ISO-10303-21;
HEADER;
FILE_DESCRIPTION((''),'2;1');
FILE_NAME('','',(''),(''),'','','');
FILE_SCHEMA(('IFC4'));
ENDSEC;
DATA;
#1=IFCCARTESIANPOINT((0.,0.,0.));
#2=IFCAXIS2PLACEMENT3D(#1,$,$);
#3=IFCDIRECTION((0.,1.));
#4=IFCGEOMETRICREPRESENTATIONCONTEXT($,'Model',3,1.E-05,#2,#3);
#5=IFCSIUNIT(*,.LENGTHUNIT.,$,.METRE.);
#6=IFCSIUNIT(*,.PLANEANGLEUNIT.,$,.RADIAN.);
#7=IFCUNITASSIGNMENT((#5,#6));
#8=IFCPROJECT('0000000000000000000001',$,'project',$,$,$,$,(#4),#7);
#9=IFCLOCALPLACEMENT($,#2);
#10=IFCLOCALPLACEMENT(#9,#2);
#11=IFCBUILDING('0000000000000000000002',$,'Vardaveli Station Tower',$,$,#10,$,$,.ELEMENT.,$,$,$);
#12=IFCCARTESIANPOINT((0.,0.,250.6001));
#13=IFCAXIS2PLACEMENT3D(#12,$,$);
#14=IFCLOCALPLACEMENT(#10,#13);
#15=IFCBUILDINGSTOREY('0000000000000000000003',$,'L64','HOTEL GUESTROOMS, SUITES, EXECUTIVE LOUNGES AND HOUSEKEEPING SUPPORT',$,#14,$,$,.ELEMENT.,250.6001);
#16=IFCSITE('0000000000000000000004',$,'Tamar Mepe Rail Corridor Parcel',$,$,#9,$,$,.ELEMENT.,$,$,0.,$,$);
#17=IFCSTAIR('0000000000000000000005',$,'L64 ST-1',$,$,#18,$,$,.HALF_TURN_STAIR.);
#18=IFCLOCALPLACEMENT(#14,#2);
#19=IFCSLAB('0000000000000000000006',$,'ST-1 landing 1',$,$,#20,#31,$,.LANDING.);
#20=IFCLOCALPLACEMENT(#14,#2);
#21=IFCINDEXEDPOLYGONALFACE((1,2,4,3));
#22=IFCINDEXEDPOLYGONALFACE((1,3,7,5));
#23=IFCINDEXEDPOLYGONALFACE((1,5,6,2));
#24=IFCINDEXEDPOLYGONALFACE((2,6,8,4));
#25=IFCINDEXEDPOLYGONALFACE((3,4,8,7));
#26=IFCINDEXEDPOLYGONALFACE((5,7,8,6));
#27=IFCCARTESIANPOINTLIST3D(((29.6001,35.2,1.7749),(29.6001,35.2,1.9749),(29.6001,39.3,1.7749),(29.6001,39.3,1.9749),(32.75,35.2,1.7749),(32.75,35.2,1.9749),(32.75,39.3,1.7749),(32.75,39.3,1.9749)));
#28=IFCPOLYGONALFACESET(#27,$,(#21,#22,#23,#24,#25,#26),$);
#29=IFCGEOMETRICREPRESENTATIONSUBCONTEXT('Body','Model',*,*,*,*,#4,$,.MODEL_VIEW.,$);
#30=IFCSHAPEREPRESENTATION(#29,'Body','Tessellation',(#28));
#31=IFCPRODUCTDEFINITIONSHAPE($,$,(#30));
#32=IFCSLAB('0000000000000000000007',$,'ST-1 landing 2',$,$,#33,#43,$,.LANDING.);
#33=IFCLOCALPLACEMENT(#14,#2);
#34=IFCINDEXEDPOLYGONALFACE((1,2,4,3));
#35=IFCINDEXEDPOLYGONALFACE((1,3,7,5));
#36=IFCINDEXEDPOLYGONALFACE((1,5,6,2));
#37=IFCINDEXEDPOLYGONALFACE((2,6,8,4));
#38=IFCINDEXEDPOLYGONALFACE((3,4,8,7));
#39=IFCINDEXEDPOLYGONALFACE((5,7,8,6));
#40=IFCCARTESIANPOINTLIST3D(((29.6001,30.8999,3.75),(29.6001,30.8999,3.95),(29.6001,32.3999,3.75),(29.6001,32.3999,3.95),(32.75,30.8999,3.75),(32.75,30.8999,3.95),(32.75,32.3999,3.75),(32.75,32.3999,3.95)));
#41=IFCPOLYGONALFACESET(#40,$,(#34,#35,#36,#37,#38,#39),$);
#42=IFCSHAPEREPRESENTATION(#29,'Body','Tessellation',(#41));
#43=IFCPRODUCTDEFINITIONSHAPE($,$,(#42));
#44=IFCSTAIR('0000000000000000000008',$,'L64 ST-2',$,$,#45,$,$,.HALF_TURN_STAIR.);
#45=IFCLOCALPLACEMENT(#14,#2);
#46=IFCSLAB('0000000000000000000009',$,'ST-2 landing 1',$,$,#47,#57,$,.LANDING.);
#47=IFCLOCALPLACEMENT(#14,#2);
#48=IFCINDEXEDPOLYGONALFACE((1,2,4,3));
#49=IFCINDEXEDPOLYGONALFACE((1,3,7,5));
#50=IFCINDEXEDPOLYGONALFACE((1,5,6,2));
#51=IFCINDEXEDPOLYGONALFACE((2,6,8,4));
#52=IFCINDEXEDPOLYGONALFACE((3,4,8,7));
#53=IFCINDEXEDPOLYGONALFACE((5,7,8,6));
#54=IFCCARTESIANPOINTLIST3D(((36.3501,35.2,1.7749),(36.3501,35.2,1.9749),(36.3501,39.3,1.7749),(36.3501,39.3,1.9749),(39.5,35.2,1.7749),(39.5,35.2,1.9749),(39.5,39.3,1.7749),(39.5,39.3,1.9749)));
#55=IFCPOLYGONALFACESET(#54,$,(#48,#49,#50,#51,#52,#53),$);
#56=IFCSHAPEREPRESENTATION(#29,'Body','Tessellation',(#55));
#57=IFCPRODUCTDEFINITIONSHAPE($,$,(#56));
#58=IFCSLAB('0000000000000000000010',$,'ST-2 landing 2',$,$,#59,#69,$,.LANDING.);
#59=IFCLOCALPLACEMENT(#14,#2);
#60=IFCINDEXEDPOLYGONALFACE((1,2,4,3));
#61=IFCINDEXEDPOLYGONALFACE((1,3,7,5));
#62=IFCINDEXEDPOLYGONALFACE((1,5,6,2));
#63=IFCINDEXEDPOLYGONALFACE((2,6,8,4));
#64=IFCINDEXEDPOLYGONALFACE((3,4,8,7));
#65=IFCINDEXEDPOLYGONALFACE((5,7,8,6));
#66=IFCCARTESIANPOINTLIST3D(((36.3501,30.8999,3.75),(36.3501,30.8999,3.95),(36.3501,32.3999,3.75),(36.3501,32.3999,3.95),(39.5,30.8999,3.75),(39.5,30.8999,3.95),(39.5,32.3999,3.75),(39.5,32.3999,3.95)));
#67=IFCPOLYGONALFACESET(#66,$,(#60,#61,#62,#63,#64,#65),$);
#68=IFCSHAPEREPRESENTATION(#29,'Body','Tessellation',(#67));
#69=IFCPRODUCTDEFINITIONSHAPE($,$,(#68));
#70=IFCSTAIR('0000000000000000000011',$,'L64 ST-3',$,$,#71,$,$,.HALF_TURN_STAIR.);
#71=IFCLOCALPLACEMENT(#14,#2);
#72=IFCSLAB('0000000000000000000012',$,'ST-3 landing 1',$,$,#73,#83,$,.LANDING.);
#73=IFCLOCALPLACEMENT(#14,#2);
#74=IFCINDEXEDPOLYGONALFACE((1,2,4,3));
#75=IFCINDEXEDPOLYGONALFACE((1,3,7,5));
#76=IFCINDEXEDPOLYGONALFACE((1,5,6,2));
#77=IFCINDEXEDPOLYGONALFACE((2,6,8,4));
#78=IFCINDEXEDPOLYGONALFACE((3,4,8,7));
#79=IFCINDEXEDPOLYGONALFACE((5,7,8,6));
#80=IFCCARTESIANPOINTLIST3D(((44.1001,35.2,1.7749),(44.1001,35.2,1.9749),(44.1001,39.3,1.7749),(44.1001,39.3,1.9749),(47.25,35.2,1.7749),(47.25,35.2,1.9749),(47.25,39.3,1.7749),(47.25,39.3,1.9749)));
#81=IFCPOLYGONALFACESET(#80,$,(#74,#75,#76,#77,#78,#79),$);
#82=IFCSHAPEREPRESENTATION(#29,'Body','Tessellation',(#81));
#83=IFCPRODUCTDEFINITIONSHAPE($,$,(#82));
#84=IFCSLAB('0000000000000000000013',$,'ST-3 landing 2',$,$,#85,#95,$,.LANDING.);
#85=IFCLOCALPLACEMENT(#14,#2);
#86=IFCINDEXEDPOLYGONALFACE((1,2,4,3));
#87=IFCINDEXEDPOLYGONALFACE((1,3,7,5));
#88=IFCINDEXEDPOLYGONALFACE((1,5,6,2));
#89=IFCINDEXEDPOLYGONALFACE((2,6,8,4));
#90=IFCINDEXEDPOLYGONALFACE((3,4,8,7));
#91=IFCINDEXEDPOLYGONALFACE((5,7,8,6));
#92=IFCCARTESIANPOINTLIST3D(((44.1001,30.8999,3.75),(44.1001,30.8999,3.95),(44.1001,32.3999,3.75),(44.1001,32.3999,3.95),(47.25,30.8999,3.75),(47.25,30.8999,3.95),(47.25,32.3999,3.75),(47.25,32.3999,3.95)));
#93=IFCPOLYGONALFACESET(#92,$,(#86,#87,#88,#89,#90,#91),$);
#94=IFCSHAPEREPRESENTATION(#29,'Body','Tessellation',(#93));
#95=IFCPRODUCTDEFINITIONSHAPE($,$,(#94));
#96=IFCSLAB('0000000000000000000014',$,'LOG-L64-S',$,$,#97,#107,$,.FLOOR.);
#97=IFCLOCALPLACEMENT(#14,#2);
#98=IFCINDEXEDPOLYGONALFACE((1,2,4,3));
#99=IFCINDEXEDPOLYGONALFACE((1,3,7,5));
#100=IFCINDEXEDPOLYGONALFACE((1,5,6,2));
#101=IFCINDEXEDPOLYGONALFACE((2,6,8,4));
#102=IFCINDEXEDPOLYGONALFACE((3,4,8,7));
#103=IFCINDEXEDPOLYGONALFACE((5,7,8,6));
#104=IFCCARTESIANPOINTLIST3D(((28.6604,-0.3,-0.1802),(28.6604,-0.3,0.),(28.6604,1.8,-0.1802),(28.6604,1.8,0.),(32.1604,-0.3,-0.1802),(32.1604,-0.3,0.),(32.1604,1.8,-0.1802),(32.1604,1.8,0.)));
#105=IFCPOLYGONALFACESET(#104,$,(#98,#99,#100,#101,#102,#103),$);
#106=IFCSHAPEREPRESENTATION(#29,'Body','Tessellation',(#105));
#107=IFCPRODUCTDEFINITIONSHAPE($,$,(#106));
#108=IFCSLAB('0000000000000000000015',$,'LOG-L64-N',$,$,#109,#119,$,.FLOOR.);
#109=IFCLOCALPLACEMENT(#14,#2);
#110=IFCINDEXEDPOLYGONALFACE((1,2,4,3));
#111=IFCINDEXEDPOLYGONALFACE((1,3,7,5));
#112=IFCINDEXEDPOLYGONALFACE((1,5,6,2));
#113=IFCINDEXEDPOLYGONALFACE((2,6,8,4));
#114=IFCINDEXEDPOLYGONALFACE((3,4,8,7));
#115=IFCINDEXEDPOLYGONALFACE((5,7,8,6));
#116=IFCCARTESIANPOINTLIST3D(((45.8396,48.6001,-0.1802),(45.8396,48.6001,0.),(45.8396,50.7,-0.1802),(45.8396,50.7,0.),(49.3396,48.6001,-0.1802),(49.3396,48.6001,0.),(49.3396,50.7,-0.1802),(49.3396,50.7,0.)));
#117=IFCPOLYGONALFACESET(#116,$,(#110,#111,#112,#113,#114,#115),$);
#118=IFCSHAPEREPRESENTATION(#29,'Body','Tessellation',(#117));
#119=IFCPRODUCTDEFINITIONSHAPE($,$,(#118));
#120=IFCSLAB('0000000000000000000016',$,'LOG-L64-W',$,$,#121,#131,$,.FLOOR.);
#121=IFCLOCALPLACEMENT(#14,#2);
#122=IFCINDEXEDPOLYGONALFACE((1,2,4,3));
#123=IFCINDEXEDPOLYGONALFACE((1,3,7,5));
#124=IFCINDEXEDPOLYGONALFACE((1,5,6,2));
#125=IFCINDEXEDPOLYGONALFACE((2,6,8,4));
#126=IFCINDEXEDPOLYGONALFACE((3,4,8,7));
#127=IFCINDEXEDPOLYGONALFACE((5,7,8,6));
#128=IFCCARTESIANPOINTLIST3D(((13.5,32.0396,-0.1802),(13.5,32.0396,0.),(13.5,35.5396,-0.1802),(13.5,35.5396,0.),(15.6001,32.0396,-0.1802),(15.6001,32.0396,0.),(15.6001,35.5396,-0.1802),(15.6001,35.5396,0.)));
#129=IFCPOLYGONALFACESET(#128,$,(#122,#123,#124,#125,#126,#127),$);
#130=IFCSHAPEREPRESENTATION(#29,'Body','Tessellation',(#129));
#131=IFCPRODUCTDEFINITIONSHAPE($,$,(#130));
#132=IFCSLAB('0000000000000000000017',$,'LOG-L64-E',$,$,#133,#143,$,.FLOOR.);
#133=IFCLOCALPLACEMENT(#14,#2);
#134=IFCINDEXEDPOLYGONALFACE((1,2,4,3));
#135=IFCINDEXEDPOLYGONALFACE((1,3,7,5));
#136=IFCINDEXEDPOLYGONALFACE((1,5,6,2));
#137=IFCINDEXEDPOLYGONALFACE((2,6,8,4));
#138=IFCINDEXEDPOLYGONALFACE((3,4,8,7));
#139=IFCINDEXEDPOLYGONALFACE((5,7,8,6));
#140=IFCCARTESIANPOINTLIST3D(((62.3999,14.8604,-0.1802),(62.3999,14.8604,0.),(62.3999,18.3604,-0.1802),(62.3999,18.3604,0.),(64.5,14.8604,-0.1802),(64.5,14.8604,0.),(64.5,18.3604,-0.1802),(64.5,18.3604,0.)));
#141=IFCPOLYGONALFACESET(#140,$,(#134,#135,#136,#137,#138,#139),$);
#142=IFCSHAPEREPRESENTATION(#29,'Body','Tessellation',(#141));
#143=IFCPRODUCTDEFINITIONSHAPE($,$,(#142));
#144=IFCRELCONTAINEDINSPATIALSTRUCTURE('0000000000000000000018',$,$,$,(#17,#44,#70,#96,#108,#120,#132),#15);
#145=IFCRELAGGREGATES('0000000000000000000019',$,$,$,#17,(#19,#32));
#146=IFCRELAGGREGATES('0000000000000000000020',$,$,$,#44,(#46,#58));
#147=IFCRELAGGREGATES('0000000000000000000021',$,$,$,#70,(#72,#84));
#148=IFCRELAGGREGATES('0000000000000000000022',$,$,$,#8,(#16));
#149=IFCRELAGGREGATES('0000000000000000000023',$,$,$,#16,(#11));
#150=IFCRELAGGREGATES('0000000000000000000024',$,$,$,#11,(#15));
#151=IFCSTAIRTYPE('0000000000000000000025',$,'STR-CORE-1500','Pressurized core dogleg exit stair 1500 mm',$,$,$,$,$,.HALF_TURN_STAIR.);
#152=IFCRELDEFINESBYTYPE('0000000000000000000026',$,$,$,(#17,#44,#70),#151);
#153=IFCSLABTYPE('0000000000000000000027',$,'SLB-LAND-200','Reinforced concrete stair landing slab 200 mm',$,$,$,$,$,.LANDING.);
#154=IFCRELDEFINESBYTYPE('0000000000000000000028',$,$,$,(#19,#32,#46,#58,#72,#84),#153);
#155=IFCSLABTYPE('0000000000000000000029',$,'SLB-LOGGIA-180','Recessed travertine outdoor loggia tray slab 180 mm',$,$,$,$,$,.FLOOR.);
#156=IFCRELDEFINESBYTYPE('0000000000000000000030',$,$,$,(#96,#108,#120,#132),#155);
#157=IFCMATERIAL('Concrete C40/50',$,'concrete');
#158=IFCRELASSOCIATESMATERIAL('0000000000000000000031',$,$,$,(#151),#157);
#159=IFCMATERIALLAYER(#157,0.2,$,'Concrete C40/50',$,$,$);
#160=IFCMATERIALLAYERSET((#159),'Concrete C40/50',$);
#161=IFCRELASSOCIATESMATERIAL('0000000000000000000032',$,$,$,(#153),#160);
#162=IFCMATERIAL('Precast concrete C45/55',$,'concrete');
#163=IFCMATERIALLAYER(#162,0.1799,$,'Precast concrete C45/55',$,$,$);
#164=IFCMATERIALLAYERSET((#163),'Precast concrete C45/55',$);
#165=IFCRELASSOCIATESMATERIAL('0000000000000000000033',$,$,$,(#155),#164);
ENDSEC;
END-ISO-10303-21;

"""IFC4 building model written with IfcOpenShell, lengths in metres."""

from ifc_helpers import new_model, si_unit, direction, frame, origin, place, context, subcontext, project, spatial, polyline, outline, extrude, material, layer, layer_set, type_object, element, aggregate, save


model = new_model("IFC4")

# Units and contexts
model_context = context("Model", 3, precision=1e-05, world=origin(), true_north=direction((0.0, 1.0)))
body_context = subcontext(model_context, "Body", "Model", "MODEL_VIEW")
ifc_project = project(units=[si_unit("LENGTHUNIT", "METRE"), si_unit("PLANEANGLEUNIT", "RADIAN")], contexts=[model_context])

# Site, building, storey
site_placement = place(None, origin())
site = spatial("IfcSite", under=ifc_project, at=site_placement, Name="Tamar Mepe Rail Corridor Parcel", CompositionType="ELEMENT", RefElevation=0.0)
building_placement = place(site_placement, origin())
building = spatial("IfcBuilding", under=site, at=building_placement, Name="Vardaveli Station Tower", CompositionType="ELEMENT")
storey_placement = place(building_placement, frame((0.0, 0.0, 250.6001)))
storey = spatial("IfcBuildingStorey", under=building, at=storey_placement, Name="L64", Description="HOTEL GUESTROOMS, SUITES, EXECUTIVE LOUNGES AND HOUSEKEEPING SUPPORT", CompositionType="ELEMENT", Elevation=250.6001)

# Stairs, slabs
ifc_material_1 = material(Name="Concrete C40/50", Category="concrete")
stair_type = type_object("IfcStairType", Name="STR-CORE-1500", Description="Pressurized core dogleg exit stair 1500 mm", PredefinedType="HALF_TURN_STAIR", material=ifc_material_1)
stair_1_placement = place(storey_placement, origin())
stair_1 = element("IfcStair", 1, at=stair_1_placement, inside=storey, type_object=stair_type, Name="L64 ST-1", PredefinedType="HALF_TURN_STAIR")
ifc_layer_1 = layer(ifc_material_1, 0.2, Name="Concrete C40/50")
ifc_layer_set_1 = layer_set([ifc_layer_1], Name="Concrete C40/50")
slab_type_1 = type_object("IfcSlabType", Name="SLB-LAND-200", Description="Reinforced concrete stair landing slab 200 mm", PredefinedType="LANDING", material=ifc_layer_set_1)
slab_1_placement = place(storey_placement, frame((0.0, 0.0, 1.7749)))
slab_1 = element("IfcSlab", 2, at=slab_1_placement, type_object=slab_type_1, Name="ST-1 landing 1", PredefinedType="LANDING", context=body_context, shape_type="SweptSolid", body=[
    extrude(outline(polyline([(32.75, 35.2), (32.75, 39.3), (29.6001, 39.3), (29.6001, 35.2), (32.75, 35.2)])), origin(), (0.0, 0.0, 1.0), 0.2),
])
slab_2_placement = place(storey_placement, frame((0.0, 0.0, 3.75)))
slab_2 = element("IfcSlab", 3, at=slab_2_placement, type_object=slab_type_1, Name="ST-1 landing 2", PredefinedType="LANDING", context=body_context, shape_type="SweptSolid", body=[
    extrude(outline(polyline([(32.75, 30.8999), (32.75, 32.3999), (29.6001, 32.3999), (29.6001, 30.8999), (32.75, 30.8999)])), origin(), (0.0, 0.0, 1.0), 0.2),
])
aggregate(stair_1, [slab_1, slab_2])
stair_2_placement = place(storey_placement, origin())
stair_2 = element("IfcStair", 4, at=stair_2_placement, inside=storey, type_object=stair_type, Name="L64 ST-2", PredefinedType="HALF_TURN_STAIR")
slab_3_placement = place(storey_placement, frame((0.0, 0.0, 1.7749)))
slab_3 = element("IfcSlab", 5, at=slab_3_placement, type_object=slab_type_1, Name="ST-2 landing 1", PredefinedType="LANDING", context=body_context, shape_type="SweptSolid", body=[
    extrude(outline(polyline([(39.5, 35.2), (39.5, 39.3), (36.3501, 39.3), (36.3501, 35.2), (39.5, 35.2)])), origin(), (0.0, 0.0, 1.0), 0.2),
])
slab_4_placement = place(storey_placement, frame((0.0, 0.0, 3.75)))
slab_4 = element("IfcSlab", 6, at=slab_4_placement, type_object=slab_type_1, Name="ST-2 landing 2", PredefinedType="LANDING", context=body_context, shape_type="SweptSolid", body=[
    extrude(outline(polyline([(39.5, 30.8999), (39.5, 32.3999), (36.3501, 32.3999), (36.3501, 30.8999), (39.5, 30.8999)])), origin(), (0.0, 0.0, 1.0), 0.2),
])
aggregate(stair_2, [slab_3, slab_4])
stair_3_placement = place(storey_placement, origin())
stair_3 = element("IfcStair", 7, at=stair_3_placement, inside=storey, type_object=stair_type, Name="L64 ST-3", PredefinedType="HALF_TURN_STAIR")
slab_5_placement = place(storey_placement, frame((0.0, 0.0, 1.7749)))
slab_5 = element("IfcSlab", 8, at=slab_5_placement, type_object=slab_type_1, Name="ST-3 landing 1", PredefinedType="LANDING", context=body_context, shape_type="SweptSolid", body=[
    extrude(outline(polyline([(47.25, 35.2), (47.25, 39.3), (44.1001, 39.3), (44.1001, 35.2), (47.25, 35.2)])), origin(), (0.0, 0.0, 1.0), 0.2),
])
slab_6_placement = place(storey_placement, frame((0.0, 0.0, 3.75)))
slab_6 = element("IfcSlab", 9, at=slab_6_placement, type_object=slab_type_1, Name="ST-3 landing 2", PredefinedType="LANDING", context=body_context, shape_type="SweptSolid", body=[
    extrude(outline(polyline([(47.25, 30.8999), (47.25, 32.3999), (44.1001, 32.3999), (44.1001, 30.8999), (47.25, 30.8999)])), origin(), (0.0, 0.0, 1.0), 0.2),
])
aggregate(stair_3, [slab_5, slab_6])

# Slabs
ifc_material_2 = material(Name="Precast concrete C45/55", Category="concrete")
ifc_layer_2 = layer(ifc_material_2, 0.1799, Name="Precast concrete C45/55")
ifc_layer_set_2 = layer_set([ifc_layer_2], Name="Precast concrete C45/55")
slab_type_2 = type_object("IfcSlabType", Name="SLB-LOGGIA-180", Description="Recessed travertine outdoor loggia tray slab 180 mm", PredefinedType="FLOOR", material=ifc_layer_set_2)
slab_7_placement = place(storey_placement, frame((0.0, 0.0, -0.1802)))
element("IfcSlab", 10, at=slab_7_placement, inside=storey, type_object=slab_type_2, Name="LOG-L64-S", PredefinedType="FLOOR", context=body_context, shape_type="SweptSolid", body=[
    extrude(outline(polyline([(28.6604, -0.3), (32.1604, -0.3), (32.1604, 1.8), (28.6604, 1.8), (28.6604, -0.3)])), origin(), (0.0, 0.0, 1.0), 0.1802),
])
slab_8_placement = place(storey_placement, frame((0.0, 0.0, -0.1802)))
element("IfcSlab", 11, at=slab_8_placement, inside=storey, type_object=slab_type_2, Name="LOG-L64-N", PredefinedType="FLOOR", context=body_context, shape_type="SweptSolid", body=[
    extrude(outline(polyline([(45.8396, 48.6001), (49.3396, 48.6001), (49.3396, 50.7), (45.8396, 50.7), (45.8396, 48.6001)])), origin(), (0.0, 0.0, 1.0), 0.1802),
])
slab_9_placement = place(storey_placement, frame((0.0, 0.0, -0.1802)))
element("IfcSlab", 12, at=slab_9_placement, inside=storey, type_object=slab_type_2, Name="LOG-L64-W", PredefinedType="FLOOR", context=body_context, shape_type="SweptSolid", body=[
    extrude(outline(polyline([(13.5, 32.0396), (15.6001, 32.0396), (15.6001, 35.5396), (13.5, 35.5396), (13.5, 32.0396)])), origin(), (0.0, 0.0, 1.0), 0.1802),
])
slab_10_placement = place(storey_placement, frame((0.0, 0.0, -0.1802)))
element("IfcSlab", 13, at=slab_10_placement, inside=storey, type_object=slab_type_2, Name="LOG-L64-E", PredefinedType="FLOOR", context=body_context, shape_type="SweptSolid", body=[
    extrude(outline(polyline([(62.3999, 14.8604), (64.5, 14.8604), (64.5, 18.3604), (62.3999, 18.3604), (62.3999, 14.8604)])), origin(), (0.0, 0.0, 1.0), 0.1802),
])

save(model, "model.ifc")
